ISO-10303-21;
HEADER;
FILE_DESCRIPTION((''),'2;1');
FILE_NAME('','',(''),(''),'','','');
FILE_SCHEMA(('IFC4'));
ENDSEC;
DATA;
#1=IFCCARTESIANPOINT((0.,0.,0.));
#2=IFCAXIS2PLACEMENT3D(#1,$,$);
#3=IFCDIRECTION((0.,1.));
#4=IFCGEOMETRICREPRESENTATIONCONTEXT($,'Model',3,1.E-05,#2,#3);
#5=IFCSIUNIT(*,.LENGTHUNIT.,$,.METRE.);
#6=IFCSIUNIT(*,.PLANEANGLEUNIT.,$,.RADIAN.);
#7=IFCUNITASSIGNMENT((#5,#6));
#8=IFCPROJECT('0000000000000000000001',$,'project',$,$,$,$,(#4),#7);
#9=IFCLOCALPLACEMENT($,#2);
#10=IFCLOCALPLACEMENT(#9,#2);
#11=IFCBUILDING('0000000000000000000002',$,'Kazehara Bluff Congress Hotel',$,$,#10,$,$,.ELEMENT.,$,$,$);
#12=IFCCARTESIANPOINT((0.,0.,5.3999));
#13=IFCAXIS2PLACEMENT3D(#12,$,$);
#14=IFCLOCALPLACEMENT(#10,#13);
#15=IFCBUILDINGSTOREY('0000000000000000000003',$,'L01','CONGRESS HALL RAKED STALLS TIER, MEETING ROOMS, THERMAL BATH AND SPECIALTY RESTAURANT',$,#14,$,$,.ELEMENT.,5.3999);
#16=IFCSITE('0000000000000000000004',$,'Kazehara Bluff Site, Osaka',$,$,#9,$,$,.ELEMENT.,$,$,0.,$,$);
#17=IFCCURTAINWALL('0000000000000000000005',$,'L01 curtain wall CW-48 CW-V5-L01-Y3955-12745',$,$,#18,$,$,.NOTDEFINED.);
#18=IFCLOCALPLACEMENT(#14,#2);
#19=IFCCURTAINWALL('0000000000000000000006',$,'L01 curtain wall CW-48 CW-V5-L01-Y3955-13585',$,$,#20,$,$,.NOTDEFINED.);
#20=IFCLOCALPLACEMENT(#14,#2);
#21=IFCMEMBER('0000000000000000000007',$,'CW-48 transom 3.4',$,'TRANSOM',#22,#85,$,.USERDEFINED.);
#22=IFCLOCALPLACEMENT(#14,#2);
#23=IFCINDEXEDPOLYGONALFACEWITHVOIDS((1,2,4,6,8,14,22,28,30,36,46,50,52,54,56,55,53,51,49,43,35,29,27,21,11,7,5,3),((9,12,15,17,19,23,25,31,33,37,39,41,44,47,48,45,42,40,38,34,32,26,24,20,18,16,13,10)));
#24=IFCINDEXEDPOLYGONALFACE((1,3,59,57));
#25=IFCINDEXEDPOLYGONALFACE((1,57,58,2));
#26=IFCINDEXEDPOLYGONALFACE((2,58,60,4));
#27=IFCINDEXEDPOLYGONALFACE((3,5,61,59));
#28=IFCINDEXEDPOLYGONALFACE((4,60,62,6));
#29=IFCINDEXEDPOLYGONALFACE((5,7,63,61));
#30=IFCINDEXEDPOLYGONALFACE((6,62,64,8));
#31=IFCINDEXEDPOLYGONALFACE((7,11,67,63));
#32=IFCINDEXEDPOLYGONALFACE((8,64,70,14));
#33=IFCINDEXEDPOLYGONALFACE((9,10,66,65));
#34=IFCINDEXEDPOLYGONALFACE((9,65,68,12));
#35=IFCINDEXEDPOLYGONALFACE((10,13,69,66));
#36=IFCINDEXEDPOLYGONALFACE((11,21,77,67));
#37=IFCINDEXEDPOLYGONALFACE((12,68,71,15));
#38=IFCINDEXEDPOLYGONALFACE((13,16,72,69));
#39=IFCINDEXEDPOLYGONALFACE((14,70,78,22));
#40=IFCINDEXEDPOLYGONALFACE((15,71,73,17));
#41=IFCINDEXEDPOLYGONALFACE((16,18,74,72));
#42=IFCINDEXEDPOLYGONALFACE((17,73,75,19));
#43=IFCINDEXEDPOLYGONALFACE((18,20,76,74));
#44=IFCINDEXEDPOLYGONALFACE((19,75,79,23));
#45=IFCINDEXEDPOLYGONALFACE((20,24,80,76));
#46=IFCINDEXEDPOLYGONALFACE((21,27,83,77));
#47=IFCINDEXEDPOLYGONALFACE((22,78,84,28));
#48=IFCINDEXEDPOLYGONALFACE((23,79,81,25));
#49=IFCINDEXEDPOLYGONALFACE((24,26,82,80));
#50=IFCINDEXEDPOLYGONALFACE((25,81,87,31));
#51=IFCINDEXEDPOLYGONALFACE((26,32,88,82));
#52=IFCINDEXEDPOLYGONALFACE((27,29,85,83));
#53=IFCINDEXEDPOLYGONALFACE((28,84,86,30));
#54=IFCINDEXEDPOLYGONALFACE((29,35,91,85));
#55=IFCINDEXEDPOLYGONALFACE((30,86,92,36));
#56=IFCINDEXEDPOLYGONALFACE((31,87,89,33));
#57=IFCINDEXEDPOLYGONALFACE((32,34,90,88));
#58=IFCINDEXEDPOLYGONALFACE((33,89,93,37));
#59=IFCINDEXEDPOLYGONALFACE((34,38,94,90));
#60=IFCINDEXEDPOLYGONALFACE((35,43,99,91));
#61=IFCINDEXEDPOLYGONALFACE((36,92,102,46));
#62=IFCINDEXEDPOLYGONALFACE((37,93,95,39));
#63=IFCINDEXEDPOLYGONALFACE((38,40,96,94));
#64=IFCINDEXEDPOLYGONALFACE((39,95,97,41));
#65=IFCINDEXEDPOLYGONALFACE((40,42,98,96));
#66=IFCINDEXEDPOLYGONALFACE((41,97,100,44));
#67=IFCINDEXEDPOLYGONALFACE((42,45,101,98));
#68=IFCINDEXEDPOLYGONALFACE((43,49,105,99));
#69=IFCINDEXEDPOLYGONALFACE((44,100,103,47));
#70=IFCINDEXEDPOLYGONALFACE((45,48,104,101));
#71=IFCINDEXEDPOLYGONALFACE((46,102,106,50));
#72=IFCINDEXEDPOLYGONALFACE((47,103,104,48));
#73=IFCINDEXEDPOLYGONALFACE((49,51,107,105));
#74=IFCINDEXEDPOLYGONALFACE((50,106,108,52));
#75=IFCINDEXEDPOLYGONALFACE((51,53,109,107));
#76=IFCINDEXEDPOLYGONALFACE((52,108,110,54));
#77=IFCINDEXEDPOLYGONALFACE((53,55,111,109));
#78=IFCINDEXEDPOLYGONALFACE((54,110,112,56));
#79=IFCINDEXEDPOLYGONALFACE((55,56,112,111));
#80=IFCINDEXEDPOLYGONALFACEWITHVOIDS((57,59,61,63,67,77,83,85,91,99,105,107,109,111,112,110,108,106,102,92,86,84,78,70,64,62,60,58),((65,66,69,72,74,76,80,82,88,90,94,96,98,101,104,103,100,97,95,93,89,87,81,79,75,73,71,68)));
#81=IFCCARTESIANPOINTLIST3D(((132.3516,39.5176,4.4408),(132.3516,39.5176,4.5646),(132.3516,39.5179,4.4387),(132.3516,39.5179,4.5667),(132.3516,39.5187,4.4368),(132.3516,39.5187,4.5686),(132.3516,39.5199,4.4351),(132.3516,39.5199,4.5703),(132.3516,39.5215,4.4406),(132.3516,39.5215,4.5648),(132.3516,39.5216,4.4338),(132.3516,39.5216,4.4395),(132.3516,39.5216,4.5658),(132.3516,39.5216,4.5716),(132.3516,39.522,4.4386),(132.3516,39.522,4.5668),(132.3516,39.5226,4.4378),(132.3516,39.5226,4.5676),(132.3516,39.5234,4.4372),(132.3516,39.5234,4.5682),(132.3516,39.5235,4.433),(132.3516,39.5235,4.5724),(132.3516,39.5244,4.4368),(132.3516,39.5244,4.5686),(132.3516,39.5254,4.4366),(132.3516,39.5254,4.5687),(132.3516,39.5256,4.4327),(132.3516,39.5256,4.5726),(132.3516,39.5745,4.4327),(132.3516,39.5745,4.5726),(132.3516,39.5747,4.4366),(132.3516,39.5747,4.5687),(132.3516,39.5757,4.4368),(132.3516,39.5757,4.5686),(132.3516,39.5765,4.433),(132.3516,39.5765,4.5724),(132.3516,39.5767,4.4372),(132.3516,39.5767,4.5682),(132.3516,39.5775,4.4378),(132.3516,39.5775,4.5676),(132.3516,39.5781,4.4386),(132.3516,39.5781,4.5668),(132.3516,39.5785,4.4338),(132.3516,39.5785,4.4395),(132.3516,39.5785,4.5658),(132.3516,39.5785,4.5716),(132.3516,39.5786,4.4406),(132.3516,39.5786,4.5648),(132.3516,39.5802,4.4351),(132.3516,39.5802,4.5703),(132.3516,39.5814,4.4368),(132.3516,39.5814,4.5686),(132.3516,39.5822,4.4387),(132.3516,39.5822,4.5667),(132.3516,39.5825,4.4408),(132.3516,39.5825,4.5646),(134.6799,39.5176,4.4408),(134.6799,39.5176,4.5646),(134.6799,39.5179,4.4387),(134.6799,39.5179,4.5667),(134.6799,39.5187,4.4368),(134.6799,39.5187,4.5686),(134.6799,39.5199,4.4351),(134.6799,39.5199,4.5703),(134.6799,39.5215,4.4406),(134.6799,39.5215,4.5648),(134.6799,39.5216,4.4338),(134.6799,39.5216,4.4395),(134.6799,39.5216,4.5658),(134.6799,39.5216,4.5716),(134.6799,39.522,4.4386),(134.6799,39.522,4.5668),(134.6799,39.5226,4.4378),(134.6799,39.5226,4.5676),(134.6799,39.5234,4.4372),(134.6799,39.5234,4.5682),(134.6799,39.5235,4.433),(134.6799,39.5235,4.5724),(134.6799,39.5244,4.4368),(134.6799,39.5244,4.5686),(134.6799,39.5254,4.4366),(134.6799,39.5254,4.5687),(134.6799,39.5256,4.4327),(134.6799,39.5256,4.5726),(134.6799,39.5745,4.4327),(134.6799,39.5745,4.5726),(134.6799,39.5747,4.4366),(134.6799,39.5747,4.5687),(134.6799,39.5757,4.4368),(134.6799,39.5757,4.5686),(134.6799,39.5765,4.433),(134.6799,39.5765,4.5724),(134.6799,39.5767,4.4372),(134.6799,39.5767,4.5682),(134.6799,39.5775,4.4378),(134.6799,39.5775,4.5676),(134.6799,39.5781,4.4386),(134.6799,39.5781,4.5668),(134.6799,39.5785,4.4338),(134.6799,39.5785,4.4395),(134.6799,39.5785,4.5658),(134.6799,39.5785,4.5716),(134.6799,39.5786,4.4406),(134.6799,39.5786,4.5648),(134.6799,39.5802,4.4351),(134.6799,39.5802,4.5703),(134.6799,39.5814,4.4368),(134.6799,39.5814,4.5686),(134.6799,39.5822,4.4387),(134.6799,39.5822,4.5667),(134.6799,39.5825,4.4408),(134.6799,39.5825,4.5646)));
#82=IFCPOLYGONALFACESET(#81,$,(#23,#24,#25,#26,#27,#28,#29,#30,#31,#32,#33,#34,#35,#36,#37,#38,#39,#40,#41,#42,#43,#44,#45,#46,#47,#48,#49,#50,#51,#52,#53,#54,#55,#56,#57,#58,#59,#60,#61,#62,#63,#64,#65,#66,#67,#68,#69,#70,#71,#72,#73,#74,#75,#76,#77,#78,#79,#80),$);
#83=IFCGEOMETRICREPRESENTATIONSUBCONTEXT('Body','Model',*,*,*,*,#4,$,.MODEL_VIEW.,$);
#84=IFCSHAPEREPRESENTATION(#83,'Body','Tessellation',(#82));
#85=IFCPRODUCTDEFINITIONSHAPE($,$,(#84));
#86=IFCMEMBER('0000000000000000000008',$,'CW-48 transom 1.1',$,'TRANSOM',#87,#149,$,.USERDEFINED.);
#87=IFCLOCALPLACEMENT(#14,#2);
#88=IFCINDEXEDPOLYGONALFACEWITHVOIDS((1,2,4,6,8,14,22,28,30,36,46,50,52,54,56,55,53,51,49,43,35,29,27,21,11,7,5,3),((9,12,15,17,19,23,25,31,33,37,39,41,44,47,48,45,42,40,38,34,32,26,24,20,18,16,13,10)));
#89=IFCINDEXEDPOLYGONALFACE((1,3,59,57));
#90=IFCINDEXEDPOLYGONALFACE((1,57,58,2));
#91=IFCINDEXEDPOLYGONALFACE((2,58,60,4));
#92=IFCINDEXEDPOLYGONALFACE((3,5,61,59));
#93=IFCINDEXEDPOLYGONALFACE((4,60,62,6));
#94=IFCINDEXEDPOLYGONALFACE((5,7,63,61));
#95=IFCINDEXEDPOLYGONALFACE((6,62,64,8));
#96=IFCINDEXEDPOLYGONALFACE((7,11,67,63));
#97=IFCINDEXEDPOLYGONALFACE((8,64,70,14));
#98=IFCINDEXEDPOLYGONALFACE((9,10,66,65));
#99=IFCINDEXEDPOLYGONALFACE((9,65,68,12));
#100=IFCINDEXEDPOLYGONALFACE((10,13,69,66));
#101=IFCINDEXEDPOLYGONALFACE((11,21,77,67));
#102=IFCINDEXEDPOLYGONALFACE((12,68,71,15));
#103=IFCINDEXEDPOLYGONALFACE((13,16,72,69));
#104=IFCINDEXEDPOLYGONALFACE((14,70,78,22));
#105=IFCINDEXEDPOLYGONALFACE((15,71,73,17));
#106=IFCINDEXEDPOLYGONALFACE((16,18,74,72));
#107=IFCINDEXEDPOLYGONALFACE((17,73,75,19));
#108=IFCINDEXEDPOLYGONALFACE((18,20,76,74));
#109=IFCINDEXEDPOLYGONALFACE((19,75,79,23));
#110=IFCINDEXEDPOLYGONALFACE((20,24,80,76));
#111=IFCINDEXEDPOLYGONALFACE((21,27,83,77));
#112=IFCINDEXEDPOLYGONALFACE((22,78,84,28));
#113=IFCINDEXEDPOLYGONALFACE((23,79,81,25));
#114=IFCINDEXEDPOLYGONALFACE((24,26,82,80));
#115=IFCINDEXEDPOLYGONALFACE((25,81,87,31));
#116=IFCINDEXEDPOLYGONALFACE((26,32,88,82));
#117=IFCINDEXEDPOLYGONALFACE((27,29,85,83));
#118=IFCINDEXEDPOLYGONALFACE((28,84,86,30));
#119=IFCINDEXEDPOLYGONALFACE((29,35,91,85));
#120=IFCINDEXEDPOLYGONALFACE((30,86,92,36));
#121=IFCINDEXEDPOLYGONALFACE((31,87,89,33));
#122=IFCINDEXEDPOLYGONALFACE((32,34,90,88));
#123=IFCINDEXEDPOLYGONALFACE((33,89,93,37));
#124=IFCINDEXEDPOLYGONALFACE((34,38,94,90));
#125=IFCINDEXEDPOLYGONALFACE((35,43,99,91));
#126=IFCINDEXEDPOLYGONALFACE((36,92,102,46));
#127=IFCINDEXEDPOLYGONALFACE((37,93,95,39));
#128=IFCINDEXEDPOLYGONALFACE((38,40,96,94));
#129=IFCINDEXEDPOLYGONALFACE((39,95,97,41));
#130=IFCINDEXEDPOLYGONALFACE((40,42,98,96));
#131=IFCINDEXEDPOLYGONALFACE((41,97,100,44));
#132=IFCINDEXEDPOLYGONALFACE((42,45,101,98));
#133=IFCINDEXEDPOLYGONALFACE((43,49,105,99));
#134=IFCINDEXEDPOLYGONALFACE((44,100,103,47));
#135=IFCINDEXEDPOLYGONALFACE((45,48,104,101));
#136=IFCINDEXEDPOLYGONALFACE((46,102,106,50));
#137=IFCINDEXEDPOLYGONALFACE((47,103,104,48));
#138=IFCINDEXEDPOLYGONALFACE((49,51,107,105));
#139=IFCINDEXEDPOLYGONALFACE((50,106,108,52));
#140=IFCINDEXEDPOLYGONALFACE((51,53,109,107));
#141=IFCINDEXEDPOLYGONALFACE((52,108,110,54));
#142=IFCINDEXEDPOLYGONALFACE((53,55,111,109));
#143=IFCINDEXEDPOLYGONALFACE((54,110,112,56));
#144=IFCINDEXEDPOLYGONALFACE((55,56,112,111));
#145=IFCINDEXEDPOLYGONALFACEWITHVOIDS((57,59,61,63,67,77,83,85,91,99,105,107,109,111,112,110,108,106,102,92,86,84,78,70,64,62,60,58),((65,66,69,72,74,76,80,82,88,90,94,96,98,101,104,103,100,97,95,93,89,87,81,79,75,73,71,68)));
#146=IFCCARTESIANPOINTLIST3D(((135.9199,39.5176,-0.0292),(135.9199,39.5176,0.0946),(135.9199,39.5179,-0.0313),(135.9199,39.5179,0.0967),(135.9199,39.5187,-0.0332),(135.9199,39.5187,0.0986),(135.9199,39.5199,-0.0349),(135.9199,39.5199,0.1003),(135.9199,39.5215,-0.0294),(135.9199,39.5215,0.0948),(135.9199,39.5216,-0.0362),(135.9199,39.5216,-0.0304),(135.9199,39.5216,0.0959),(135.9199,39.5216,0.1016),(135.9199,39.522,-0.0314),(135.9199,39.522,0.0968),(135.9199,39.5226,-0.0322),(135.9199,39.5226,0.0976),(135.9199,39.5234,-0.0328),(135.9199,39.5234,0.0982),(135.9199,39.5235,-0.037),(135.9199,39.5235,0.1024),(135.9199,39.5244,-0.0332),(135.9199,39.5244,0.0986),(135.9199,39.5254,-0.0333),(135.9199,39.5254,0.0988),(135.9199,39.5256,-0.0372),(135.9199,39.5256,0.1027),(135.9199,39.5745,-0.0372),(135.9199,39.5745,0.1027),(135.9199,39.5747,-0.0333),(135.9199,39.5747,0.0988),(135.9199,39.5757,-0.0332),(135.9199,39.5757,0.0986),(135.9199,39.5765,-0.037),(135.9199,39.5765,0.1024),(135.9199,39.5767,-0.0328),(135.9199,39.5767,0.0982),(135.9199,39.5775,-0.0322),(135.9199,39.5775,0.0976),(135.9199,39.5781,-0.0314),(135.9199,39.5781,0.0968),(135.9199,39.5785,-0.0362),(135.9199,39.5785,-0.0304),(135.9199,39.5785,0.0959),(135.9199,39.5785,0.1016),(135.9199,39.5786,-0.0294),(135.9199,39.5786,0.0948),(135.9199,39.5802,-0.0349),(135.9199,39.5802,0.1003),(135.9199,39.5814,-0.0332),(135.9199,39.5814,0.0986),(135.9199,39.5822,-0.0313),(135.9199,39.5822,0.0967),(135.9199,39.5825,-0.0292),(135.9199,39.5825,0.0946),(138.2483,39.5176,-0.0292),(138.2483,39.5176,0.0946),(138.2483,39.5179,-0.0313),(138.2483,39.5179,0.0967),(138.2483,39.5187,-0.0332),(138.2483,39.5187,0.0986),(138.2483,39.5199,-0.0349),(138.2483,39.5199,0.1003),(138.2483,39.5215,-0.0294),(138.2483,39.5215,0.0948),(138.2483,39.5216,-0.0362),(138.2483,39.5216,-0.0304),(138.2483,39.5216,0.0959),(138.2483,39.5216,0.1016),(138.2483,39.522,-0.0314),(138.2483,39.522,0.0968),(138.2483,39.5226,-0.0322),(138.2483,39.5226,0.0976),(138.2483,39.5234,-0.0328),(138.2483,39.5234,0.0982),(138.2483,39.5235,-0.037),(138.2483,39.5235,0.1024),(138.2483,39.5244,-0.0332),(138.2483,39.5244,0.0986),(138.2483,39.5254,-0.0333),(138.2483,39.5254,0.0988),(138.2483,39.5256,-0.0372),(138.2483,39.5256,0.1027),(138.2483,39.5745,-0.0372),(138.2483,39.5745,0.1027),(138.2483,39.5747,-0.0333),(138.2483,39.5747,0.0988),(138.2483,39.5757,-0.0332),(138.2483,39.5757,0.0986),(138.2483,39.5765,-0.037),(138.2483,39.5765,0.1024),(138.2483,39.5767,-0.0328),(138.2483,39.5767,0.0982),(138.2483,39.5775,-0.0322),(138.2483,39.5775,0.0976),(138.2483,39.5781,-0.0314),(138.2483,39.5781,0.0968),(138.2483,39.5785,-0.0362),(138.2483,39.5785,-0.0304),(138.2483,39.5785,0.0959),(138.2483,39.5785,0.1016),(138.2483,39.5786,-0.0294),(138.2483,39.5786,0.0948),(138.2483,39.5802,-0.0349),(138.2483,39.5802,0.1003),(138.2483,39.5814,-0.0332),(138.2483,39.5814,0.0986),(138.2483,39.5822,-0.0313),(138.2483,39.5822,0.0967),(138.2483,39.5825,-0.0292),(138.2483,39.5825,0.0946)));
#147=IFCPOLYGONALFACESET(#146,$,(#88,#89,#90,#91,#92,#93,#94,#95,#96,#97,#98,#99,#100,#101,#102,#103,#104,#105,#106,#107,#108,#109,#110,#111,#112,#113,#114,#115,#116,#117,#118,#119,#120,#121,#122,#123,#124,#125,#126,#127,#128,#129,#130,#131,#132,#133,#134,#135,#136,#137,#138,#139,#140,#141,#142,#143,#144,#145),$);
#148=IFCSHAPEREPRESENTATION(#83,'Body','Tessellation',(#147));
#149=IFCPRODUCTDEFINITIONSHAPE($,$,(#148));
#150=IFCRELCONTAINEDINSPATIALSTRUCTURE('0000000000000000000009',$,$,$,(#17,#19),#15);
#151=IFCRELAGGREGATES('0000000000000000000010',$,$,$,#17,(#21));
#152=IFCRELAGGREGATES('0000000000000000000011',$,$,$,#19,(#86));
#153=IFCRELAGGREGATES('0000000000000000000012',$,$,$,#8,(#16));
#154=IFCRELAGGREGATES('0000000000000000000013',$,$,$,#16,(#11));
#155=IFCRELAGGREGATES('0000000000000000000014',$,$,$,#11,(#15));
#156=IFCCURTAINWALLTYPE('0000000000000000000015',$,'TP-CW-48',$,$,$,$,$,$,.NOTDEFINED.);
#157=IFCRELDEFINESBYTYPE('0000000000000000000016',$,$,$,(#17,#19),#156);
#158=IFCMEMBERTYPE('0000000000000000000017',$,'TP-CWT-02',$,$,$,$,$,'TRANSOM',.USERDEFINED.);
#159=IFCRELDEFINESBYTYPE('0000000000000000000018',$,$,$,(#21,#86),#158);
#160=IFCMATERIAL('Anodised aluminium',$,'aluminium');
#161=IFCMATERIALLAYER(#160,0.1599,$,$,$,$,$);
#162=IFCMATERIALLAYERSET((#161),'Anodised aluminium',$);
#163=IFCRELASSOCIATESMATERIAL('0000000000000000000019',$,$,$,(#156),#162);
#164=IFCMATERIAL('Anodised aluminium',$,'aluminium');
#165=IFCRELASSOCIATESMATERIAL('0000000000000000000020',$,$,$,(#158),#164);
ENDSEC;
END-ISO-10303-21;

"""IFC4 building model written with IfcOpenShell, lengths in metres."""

from ifc_helpers import new_model, si_unit, direction, frame, origin, origin_2d, place, context, subcontext, project, spatial, hollow_rectangle, extrude, material, layer, layer_set, material_profile, profile_set, type_object, element, aggregate, save


model = new_model("IFC4")

# Units and contexts
model_context = context("Model", 3, precision=1e-05, world=origin(), true_north=direction((0.0, 1.0)))
body_context = subcontext(model_context, "Body", "Model", "MODEL_VIEW")
ifc_project = project(units=[si_unit("LENGTHUNIT", "METRE"), si_unit("PLANEANGLEUNIT", "RADIAN")], contexts=[model_context])

# Site, building, storey
site_placement = place(None, origin())
site = spatial("IfcSite", under=ifc_project, at=site_placement, Name="Kazehara Bluff Site, Osaka", CompositionType="ELEMENT", RefElevation=0.0)
building_placement = place(site_placement, origin())
building = spatial("IfcBuilding", under=site, at=building_placement, Name="Kazehara Bluff Congress Hotel", CompositionType="ELEMENT")
storey_placement = place(building_placement, frame((0.0, 0.0, 5.3999)))
storey = spatial("IfcBuildingStorey", under=building, at=storey_placement, Name="L01", Description="CONGRESS HALL RAKED STALLS TIER, MEETING ROOMS, THERMAL BATH AND SPECIALTY RESTAURANT", CompositionType="ELEMENT", Elevation=5.3999)

# Curtain wall
ifc_material_1 = material(Name="Anodised aluminium", Category="aluminium")
ifc_layer_1 = layer(ifc_material_1, 0.1599)
ifc_layer_set_1 = layer_set([ifc_layer_1], Name="Anodised aluminium")
curtain_wall_type = type_object("IfcCurtainWallType", Name="TP-CW-48", PredefinedType="NOTDEFINED", material=ifc_layer_set_1)
curtain_wall_1_placement = place(storey_placement, origin())
curtain_wall_1 = element("IfcCurtainWall", 1, at=curtain_wall_1_placement, inside=storey, type_object=curtain_wall_type, Name="L01 curtain wall CW-48 CW-V5-L01-Y3955-12745", PredefinedType="NOTDEFINED")

# Curtain wall
curtain_wall_2_placement = place(storey_placement, origin())
curtain_wall_2 = element("IfcCurtainWall", 2, at=curtain_wall_2_placement, inside=storey, type_object=curtain_wall_type, Name="L01 curtain wall CW-48 CW-V5-L01-Y3955-13585", PredefinedType="NOTDEFINED")

# Members
ifc_material_2 = material(Name="Anodised aluminium", Category="aluminium")
ifc_material_profile_1 = material_profile(ifc_material_2, hollow_rectangle(XDim=0.0649, YDim=0.1399, WallThickness=0.0039, InnerFilletRadius=0.0039, OuterFilletRadius=0.0081, at=origin_2d()))
ifc_profile_set_1 = profile_set([ifc_material_profile_1], Name="Anodised aluminium")
member_type_1 = type_object("IfcMemberType", Name="TP-CWT-02", ElementType="TRANSOM", PredefinedType="USERDEFINED", material=ifc_profile_set_1)
member_1_placement = place(storey_placement, frame((132.3516, 39.55, 4.5027), z_axis=(1.0, 0.0, 0.0), x_axis=(0.0, 1.0, 0.0)))
member_1 = element("IfcMember", 3, at=member_1_placement, type_object=member_type_1, Name="CW-48 transom 3.4", ObjectType="TRANSOM", PredefinedType="USERDEFINED", context=body_context, shape_type="SweptSolid", body=[
    extrude(hollow_rectangle(XDim=0.0649, YDim=0.1399, WallThickness=0.0039, InnerFilletRadius=0.0039, OuterFilletRadius=0.0081, at=origin_2d()), origin(), (0.0, 0.0, 1.0), 2.3284),
])
member_2_placement = place(storey_placement, frame((135.9199, 39.55, 0.0327), z_axis=(1.0, 0.0, 0.0), x_axis=(0.0, 1.0, 0.0)))
member_2 = element("IfcMember", 4, at=member_2_placement, type_object=member_type_1, Name="CW-48 transom 1.1", ObjectType="TRANSOM", PredefinedType="USERDEFINED", context=body_context, shape_type="SweptSolid", body=[
    extrude(hollow_rectangle(XDim=0.0649, YDim=0.1399, WallThickness=0.0039, InnerFilletRadius=0.0039, OuterFilletRadius=0.0081, at=origin_2d()), origin(), (0.0, 0.0, 1.0), 2.3284),
])

aggregate(curtain_wall_1, [member_1])
aggregate(curtain_wall_2, [member_2])

save(model, "model.ifc")
